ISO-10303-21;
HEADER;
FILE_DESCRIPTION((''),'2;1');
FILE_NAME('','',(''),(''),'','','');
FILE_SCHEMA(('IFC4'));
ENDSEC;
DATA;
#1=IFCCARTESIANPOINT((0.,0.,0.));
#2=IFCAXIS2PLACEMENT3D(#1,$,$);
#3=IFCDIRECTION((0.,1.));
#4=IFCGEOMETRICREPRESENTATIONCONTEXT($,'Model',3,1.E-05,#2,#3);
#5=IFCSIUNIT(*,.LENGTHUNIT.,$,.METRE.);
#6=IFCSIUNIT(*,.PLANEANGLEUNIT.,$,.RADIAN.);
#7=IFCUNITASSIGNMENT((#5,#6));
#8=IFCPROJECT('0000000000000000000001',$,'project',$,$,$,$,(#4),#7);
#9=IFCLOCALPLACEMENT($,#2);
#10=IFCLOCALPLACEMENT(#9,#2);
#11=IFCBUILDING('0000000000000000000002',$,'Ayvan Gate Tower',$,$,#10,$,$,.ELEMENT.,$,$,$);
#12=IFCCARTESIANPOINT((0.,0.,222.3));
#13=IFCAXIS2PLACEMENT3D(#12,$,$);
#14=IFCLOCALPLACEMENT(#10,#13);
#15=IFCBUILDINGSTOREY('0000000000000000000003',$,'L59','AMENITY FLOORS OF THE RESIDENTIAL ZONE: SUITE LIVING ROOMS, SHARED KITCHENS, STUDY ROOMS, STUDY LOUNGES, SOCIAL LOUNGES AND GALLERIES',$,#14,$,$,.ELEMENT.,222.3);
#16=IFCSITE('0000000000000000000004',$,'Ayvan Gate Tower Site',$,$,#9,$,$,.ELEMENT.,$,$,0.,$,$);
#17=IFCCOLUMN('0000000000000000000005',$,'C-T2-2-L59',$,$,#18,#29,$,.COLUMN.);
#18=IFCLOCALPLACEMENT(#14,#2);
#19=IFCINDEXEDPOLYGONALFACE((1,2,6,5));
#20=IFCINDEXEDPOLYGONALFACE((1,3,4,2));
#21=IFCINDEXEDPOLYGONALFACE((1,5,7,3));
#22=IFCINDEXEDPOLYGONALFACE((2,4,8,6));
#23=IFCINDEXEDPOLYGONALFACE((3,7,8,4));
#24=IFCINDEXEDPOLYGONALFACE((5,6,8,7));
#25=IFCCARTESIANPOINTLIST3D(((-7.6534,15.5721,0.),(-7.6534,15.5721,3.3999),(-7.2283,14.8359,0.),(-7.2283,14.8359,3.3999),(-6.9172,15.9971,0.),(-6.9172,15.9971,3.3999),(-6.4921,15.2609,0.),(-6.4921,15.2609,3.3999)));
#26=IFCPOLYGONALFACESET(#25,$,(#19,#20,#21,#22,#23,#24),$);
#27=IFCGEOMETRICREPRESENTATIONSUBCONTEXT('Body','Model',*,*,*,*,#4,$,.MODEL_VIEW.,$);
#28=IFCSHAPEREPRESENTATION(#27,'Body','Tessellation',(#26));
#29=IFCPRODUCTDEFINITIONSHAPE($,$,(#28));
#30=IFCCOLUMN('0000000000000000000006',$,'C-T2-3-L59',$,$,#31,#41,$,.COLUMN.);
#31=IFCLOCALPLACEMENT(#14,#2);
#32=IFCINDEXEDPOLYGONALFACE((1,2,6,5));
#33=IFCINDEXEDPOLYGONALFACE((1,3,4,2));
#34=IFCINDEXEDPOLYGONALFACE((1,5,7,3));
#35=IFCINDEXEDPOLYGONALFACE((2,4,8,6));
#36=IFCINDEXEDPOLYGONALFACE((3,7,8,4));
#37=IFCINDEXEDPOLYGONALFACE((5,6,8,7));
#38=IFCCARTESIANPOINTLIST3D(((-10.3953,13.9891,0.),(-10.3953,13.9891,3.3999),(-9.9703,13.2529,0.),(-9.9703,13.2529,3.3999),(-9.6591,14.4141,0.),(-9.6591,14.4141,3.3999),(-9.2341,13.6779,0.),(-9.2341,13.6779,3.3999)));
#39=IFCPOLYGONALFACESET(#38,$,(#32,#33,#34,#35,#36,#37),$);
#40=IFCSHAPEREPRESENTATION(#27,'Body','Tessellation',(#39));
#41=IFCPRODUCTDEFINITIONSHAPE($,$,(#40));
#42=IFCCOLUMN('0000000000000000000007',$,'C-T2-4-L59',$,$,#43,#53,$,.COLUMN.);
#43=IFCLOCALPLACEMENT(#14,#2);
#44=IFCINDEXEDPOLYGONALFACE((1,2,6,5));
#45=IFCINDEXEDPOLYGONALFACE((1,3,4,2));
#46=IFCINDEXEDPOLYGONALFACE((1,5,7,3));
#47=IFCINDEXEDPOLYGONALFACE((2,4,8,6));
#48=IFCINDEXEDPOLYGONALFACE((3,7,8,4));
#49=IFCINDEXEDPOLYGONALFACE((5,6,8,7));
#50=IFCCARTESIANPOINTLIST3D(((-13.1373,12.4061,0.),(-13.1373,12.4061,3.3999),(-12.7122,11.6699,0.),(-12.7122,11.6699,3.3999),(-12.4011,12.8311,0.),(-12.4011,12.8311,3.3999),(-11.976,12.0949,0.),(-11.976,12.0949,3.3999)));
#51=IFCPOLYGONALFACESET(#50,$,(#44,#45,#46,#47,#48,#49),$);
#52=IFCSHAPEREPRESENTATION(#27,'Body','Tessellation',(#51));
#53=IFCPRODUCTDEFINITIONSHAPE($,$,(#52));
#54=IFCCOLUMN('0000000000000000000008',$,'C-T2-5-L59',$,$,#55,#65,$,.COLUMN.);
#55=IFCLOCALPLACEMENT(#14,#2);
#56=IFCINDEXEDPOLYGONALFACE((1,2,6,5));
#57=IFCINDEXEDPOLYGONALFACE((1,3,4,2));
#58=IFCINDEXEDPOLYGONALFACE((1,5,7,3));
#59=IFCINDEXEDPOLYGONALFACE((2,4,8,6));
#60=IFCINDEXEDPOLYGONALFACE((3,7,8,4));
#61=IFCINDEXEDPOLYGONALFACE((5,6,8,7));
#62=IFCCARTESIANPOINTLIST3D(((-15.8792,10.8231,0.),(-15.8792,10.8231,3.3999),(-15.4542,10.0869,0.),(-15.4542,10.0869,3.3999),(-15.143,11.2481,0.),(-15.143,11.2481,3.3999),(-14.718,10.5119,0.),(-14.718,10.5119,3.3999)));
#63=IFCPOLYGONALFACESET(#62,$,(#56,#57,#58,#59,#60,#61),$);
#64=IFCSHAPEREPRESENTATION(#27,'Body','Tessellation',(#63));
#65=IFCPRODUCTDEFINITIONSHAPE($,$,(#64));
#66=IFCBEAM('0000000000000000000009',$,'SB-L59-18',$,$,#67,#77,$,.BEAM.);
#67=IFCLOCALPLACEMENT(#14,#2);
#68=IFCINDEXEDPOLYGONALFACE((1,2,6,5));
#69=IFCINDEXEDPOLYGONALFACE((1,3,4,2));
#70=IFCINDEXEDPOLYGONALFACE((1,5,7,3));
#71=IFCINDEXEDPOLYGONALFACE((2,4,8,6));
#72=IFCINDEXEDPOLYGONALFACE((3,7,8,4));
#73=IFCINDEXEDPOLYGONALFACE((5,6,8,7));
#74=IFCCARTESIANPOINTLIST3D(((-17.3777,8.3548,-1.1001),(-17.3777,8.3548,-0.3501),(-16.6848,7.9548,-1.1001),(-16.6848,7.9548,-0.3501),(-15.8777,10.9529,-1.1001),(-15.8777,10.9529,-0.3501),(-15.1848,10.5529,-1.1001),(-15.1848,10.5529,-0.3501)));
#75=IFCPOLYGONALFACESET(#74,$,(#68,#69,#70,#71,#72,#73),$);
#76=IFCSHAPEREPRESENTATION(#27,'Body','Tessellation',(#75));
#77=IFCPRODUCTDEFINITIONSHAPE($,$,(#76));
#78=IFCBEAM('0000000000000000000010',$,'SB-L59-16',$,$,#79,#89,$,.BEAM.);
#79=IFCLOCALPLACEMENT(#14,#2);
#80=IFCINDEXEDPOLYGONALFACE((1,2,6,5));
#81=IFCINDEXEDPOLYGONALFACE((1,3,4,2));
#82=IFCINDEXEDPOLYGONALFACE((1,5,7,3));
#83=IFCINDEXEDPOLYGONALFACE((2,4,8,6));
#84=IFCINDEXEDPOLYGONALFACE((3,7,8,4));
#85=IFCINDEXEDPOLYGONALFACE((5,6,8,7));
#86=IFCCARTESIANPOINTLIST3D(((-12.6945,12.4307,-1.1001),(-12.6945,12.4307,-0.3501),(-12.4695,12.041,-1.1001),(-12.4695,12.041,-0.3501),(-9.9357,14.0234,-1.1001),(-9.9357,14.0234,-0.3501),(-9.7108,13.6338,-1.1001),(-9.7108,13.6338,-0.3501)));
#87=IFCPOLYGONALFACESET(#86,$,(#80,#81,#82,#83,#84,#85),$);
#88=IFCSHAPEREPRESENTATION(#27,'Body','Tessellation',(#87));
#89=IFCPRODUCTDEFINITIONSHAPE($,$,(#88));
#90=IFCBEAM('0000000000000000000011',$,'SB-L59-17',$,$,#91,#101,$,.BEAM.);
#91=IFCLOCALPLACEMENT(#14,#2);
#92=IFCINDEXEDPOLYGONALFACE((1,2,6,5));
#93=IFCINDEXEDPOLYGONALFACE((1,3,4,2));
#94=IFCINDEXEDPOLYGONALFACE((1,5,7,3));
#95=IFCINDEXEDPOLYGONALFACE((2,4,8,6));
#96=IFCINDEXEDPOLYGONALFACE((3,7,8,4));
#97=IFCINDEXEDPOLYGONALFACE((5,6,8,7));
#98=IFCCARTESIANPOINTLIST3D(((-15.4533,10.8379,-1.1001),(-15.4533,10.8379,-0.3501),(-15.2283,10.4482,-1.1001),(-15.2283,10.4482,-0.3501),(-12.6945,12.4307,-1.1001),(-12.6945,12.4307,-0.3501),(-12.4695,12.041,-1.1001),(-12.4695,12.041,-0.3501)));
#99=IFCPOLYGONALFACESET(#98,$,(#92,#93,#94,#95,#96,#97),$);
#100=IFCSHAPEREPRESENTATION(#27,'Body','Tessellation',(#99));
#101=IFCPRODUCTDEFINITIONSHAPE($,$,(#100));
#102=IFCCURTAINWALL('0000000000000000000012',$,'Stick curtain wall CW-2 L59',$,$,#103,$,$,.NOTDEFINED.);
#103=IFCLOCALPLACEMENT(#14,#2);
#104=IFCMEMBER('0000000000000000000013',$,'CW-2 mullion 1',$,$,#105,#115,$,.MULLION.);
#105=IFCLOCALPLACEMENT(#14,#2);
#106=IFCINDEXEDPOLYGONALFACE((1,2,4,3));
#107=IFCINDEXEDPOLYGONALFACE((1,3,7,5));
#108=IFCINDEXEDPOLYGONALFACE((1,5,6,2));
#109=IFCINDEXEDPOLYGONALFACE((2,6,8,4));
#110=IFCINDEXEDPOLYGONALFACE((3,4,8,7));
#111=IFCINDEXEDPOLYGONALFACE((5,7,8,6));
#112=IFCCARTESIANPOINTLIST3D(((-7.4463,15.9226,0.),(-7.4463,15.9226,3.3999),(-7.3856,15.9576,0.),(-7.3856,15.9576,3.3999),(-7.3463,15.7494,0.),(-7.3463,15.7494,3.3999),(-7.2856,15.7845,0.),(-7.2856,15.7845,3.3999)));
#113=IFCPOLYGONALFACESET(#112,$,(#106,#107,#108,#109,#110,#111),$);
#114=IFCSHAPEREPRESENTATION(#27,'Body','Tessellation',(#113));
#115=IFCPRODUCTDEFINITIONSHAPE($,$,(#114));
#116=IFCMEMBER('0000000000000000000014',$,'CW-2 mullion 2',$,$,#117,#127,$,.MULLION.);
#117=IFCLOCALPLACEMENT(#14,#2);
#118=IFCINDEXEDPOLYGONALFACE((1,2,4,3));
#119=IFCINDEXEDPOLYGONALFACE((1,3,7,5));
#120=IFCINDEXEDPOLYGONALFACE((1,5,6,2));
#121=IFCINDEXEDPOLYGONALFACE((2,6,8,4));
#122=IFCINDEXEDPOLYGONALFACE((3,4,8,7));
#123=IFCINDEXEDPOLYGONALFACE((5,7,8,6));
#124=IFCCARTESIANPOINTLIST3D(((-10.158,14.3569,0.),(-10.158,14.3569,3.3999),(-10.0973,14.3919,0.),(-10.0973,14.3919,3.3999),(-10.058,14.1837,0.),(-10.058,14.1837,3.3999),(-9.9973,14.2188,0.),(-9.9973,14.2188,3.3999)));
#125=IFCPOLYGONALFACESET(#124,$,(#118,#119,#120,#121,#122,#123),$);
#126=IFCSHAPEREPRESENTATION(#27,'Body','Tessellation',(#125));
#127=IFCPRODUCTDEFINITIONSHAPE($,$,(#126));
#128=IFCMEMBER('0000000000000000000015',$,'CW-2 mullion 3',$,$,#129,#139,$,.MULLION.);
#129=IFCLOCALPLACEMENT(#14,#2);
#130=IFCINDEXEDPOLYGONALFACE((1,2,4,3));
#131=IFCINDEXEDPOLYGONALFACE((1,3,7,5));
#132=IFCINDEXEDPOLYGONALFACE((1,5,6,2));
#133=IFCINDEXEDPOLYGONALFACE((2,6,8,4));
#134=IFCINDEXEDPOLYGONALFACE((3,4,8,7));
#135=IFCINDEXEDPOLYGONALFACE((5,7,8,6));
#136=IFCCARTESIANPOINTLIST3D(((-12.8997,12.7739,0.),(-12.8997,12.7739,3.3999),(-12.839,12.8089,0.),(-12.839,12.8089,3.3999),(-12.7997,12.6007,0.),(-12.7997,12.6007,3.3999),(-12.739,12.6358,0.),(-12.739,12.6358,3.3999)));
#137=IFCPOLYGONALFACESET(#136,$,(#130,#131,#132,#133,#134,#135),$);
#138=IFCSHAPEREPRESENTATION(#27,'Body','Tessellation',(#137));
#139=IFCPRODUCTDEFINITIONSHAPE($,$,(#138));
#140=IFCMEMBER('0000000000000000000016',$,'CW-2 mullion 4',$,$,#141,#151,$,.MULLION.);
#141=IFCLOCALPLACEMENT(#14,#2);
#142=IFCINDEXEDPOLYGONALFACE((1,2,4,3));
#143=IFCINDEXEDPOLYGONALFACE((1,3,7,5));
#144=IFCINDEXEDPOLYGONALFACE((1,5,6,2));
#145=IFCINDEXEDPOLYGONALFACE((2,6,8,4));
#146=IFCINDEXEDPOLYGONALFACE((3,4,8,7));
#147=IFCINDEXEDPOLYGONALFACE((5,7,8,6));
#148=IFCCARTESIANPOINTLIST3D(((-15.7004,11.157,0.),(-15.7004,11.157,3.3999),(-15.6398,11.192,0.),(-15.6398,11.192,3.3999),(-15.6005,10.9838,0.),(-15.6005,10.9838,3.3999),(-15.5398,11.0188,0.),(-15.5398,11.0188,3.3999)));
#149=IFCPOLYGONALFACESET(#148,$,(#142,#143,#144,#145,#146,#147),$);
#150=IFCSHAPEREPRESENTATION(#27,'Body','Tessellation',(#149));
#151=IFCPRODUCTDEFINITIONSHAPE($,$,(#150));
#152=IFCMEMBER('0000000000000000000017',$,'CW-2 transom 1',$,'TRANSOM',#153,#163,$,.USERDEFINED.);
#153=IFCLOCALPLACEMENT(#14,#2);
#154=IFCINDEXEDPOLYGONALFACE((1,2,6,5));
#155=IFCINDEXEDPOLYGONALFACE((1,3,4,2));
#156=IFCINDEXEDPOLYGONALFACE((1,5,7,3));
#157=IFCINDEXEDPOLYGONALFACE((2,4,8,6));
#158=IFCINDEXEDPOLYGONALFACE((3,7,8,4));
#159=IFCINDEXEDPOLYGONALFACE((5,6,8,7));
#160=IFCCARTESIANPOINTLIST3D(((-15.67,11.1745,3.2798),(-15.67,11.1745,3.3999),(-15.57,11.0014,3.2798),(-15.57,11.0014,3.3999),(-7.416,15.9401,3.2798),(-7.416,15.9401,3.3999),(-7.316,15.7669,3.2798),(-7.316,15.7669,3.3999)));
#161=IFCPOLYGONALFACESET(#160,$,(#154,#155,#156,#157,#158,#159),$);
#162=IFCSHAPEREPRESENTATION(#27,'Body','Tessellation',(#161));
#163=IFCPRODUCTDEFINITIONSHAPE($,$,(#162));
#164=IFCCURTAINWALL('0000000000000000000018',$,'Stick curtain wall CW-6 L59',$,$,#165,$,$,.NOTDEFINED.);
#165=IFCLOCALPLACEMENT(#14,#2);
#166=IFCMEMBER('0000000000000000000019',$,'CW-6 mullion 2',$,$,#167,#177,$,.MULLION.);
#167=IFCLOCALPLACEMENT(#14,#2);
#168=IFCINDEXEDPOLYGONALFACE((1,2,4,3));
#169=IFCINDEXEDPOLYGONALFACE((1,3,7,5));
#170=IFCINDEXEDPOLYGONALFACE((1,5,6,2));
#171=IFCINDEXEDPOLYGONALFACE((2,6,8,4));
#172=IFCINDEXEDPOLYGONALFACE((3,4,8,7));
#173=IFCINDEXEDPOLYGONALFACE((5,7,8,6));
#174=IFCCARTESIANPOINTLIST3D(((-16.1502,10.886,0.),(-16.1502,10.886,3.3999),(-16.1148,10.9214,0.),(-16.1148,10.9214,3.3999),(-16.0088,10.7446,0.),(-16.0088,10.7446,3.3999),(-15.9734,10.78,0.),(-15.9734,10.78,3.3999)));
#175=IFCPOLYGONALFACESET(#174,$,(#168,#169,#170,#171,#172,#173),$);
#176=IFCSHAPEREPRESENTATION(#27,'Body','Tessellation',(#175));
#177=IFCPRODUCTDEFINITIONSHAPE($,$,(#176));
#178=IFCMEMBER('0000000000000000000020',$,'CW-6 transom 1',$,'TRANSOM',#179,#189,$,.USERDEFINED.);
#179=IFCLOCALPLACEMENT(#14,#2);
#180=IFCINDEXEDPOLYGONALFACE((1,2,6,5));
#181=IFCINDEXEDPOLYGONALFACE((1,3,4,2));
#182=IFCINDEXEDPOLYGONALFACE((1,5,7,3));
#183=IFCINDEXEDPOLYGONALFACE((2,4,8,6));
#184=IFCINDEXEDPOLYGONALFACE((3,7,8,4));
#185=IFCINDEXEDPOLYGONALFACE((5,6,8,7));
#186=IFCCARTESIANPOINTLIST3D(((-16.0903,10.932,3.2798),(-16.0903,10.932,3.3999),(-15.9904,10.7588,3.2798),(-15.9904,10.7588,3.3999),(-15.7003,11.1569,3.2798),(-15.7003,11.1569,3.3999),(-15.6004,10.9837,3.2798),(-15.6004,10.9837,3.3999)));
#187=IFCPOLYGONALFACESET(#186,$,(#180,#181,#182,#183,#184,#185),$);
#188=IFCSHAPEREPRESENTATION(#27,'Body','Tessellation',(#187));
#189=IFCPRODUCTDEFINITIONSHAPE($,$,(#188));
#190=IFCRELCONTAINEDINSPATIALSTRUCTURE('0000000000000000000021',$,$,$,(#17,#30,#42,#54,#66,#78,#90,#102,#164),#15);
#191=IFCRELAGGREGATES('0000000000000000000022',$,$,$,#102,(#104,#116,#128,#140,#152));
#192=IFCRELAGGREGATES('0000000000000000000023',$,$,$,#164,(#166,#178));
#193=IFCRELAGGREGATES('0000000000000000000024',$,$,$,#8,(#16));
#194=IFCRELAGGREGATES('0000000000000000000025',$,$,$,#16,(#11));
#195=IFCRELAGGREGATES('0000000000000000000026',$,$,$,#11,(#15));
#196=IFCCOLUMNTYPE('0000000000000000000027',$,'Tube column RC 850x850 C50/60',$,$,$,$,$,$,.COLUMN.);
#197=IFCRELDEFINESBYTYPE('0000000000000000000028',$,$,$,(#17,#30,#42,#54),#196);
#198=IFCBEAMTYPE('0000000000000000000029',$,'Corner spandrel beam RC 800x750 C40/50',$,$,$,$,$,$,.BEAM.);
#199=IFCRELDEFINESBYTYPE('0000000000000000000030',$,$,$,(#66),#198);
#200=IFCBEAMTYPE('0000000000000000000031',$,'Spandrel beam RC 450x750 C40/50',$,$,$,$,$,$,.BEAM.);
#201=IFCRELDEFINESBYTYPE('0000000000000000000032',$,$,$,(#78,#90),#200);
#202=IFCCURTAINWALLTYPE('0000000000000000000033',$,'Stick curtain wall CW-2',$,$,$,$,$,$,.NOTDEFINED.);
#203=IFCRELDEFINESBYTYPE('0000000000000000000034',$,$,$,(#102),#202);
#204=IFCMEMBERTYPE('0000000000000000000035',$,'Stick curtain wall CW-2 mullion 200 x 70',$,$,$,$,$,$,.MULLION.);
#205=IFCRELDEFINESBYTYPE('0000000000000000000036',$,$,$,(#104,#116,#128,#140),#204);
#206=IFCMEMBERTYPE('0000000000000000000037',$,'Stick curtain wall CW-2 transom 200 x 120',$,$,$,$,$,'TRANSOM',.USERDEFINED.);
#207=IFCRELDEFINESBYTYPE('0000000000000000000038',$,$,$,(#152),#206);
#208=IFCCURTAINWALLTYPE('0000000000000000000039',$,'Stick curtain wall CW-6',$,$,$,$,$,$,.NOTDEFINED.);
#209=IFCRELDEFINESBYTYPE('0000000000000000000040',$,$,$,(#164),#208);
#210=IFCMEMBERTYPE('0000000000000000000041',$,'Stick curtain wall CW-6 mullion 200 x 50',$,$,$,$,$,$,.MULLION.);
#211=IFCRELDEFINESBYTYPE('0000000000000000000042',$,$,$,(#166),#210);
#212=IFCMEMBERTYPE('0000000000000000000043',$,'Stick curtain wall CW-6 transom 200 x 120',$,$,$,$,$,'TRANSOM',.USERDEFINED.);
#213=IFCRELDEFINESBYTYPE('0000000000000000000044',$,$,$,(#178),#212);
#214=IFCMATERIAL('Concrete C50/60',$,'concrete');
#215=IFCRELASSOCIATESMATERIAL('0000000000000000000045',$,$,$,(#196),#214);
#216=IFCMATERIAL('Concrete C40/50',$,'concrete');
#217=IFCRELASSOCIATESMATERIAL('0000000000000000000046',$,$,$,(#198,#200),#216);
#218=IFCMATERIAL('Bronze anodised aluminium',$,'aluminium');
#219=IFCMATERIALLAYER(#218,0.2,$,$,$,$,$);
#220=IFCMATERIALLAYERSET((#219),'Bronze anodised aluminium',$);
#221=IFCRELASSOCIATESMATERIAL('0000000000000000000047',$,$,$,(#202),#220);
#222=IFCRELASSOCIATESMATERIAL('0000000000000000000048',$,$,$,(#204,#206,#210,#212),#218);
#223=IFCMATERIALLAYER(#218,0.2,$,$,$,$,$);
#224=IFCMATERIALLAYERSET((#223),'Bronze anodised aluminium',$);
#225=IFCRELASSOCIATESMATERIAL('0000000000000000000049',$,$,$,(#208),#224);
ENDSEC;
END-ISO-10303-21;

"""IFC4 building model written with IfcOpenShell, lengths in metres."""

from ifc_helpers import new_model, si_unit, direction, frame, origin, origin_2d, place, context, subcontext, project, spatial, rectangle, extrude, material, layer, layer_set, material_profile, profile_set, type_object, element, aggregate, save


model = new_model("IFC4")

# Units and contexts
model_context = context("Model", 3, precision=1e-05, world=origin(), true_north=direction((0.0, 1.0)))
body_context = subcontext(model_context, "Body", "Model", "MODEL_VIEW")
ifc_project = project(units=[si_unit("LENGTHUNIT", "METRE"), si_unit("PLANEANGLEUNIT", "RADIAN")], contexts=[model_context])

# Site, building, storey
site_placement = place(None, origin())
site = spatial("IfcSite", under=ifc_project, at=site_placement, Name="Ayvan Gate Tower Site", CompositionType="ELEMENT", RefElevation=0.0)
building_placement = place(site_placement, origin())
building = spatial("IfcBuilding", under=site, at=building_placement, Name="Ayvan Gate Tower", CompositionType="ELEMENT")
storey_placement = place(building_placement, frame((0.0, 0.0, 222.3)))
storey = spatial("IfcBuildingStorey", under=building, at=storey_placement, Name="L59", Description="AMENITY FLOORS OF THE RESIDENTIAL ZONE: SUITE LIVING ROOMS, SHARED KITCHENS, STUDY ROOMS, STUDY LOUNGES, SOCIAL LOUNGES AND GALLERIES", CompositionType="ELEMENT", Elevation=222.3)

# Columns
ifc_material_1 = material(Name="Concrete C50/60", Category="concrete")
ifc_material_profile_1 = material_profile(ifc_material_1, rectangle(XDim=0.8501, YDim=0.8501, at=origin_2d()), Name="RC 850x850")
ifc_profile_set_1 = profile_set([ifc_material_profile_1], Name="Concrete C50/60")
column_type = type_object("IfcColumnType", Name="Tube column RC 850x850 C50/60", PredefinedType="COLUMN", material=ifc_profile_set_1)
for number, where, z_axis, x_axis, name in (
    (1, (-7.0728, 15.4165, 0.0), (0.0, 0.0, 1.0), (-0.5, 0.866025, 0.0), "C-T2-2-L59"),
    (2, (-9.8147, 13.8335, 0.0), (0.0, 0.0, 1.0), (-0.5, 0.866025, 0.0), "C-T2-3-L59"),
    (3, (-12.5566, 12.2505, 0.0), (0.0, 0.0, 1.0), (-0.5, 0.866025, 0.0), "C-T2-4-L59"),
    (4, (-15.2986, 10.6675, 0.0), (0.0, 0.0, 1.0), (-0.5, 0.866025, 0.0), "C-T2-5-L59"),
):
    element("IfcColumn", number, at=place(storey_placement, frame(where, z_axis=z_axis, x_axis=x_axis)), inside=storey, type_object=column_type, Name=name, PredefinedType="COLUMN", context=body_context, shape_type="SweptSolid", body=[
        extrude(rectangle(XDim=0.8501, YDim=0.8501, at=origin_2d()), origin(), (0.0, 0.0, 1.0), 3.3999),
    ])

# Beams
ifc_material_2 = material(Name="Concrete C40/50", Category="concrete")
ifc_material_profile_2 = material_profile(ifc_material_2, rectangle(XDim=0.8, YDim=0.75, at=origin_2d()), Name="RC 800x750")
ifc_profile_set_2 = profile_set([ifc_material_profile_2], Name="Concrete C40/50")
beam_type_1 = type_object("IfcBeamType", Name="Corner spandrel beam RC 800x750 C40/50", PredefinedType="BEAM", material=ifc_profile_set_2)
beam_placement = place(storey_placement, frame((-15.5312, 10.7529, -0.7251), z_axis=(-0.49999, -0.866031, 0.0), x_axis=(0.866031, -0.49999, 0.0)))
element("IfcBeam", 5, at=beam_placement, inside=storey, type_object=beam_type_1, Name="SB-L59-18", PredefinedType="BEAM", context=body_context, shape_type="SweptSolid", body=[
    extrude(rectangle(XDim=0.8, YDim=0.75, at=origin_2d()), origin(), (0.0, 0.0, 1.0), 3.0),
])
ifc_material_profile_3 = material_profile(ifc_material_2, rectangle(XDim=0.45, YDim=0.75, at=origin_2d()), Name="RC 450x750")
ifc_profile_set_3 = profile_set([ifc_material_profile_3], Name="Concrete C40/50")
beam_type_2 = type_object("IfcBeamType", Name="Spandrel beam RC 450x750 C40/50", PredefinedType="BEAM", material=ifc_profile_set_3)
for number, where, z_axis, x_axis, name in (
    (6, (-9.8232, 13.8286, -0.7251), (-0.866027, -0.499997, 0.0), (0.499997, -0.866027, 0.0), "SB-L59-16"),
    (7, (-12.582, 12.2358, -0.7251), (-0.866027, -0.499997, 0.0), (0.499997, -0.866027, 0.0), "SB-L59-17"),
):
    element("IfcBeam", number, at=place(storey_placement, frame(where, z_axis=z_axis, x_axis=x_axis)), inside=storey, type_object=beam_type_2, Name=name, PredefinedType="BEAM", context=body_context, shape_type="SweptSolid", body=[
        extrude(rectangle(XDim=0.45, YDim=0.75, at=origin_2d()), origin(), (0.0, 0.0, 1.0), 3.1855),
    ])

# Curtain walls, members
ifc_material_3 = material(Name="Bronze anodised aluminium", Category="aluminium")
ifc_layer_1 = layer(ifc_material_3, 0.2)
ifc_layer_set_1 = layer_set([ifc_layer_1], Name="Bronze anodised aluminium")
curtain_wall_type_1 = type_object("IfcCurtainWallType", Name="Stick curtain wall CW-2", PredefinedType="NOTDEFINED", material=ifc_layer_set_1)
curtain_wall_1_placement = place(storey_placement, origin())
curtain_wall_1 = element("IfcCurtainWall", 8, at=curtain_wall_1_placement, inside=storey, type_object=curtain_wall_type_1, Name="Stick curtain wall CW-2 L59", PredefinedType="NOTDEFINED")
ifc_material_profile_4 = material_profile(ifc_material_3, rectangle(XDim=0.2, YDim=0.0701, at=origin_2d()), Name="Stick curtain wall CW-2 mullion 200 x 70")
ifc_profile_set_4 = profile_set([ifc_material_profile_4], Name="Bronze anodised aluminium")
member_type_1 = type_object("IfcMemberType", Name="Stick curtain wall CW-2 mullion 200 x 70", PredefinedType="MULLION", material=ifc_profile_set_4)
member_1_placement = place(storey_placement, frame((-7.366, 15.8535, 0.0), z_axis=(0.0, 0.0, 1.0), x_axis=(-0.5, 0.866025, 0.0)))
member_1 = element("IfcMember", 9, at=member_1_placement, type_object=member_type_1, Name="CW-2 mullion 1", PredefinedType="MULLION", context=body_context, shape_type="SweptSolid", body=[
    extrude(rectangle(XDim=0.2, YDim=0.0701, at=origin_2d()), origin(), (0.0, 0.0, 1.0), 3.3999),
])
member_2_placement = place(storey_placement, frame((-10.0776, 14.2878, 0.0), z_axis=(0.0, 0.0, 1.0), x_axis=(-0.5, 0.866025, 0.0)))
member_2 = element("IfcMember", 10, at=member_2_placement, type_object=member_type_1, Name="CW-2 mullion 2", PredefinedType="MULLION", context=body_context, shape_type="SweptSolid", body=[
    extrude(rectangle(XDim=0.2, YDim=0.0701, at=origin_2d()), origin(), (0.0, 0.0, 1.0), 3.3999),
])
member_3_placement = place(storey_placement, frame((-12.8193, 12.7048, 0.0), z_axis=(0.0, 0.0, 1.0), x_axis=(-0.5, 0.866025, 0.0)))
member_3 = element("IfcMember", 11, at=member_3_placement, type_object=member_type_1, Name="CW-2 mullion 3", PredefinedType="MULLION", context=body_context, shape_type="SweptSolid", body=[
    extrude(rectangle(XDim=0.2, YDim=0.0701, at=origin_2d()), origin(), (0.0, 0.0, 1.0), 3.3999),
])
member_4_placement = place(storey_placement, frame((-15.6201, 11.0879, 0.0), z_axis=(0.0, 0.0, 1.0), x_axis=(-0.5, 0.866025, 0.0)))
member_4 = element("IfcMember", 12, at=member_4_placement, type_object=member_type_1, Name="CW-2 mullion 4", PredefinedType="MULLION", context=body_context, shape_type="SweptSolid", body=[
    extrude(rectangle(XDim=0.2, YDim=0.0701, at=origin_2d()), origin(), (0.0, 0.0, 1.0), 3.3999),
])
ifc_material_profile_5 = material_profile(ifc_material_3, rectangle(XDim=0.2, YDim=0.1201, at=origin_2d()), Name="Stick curtain wall CW-2 transom 200 x 120")
ifc_profile_set_5 = profile_set([ifc_material_profile_5], Name="Bronze anodised aluminium")
member_type_2 = type_object("IfcMemberType", Name="Stick curtain wall CW-2 transom 200 x 120", ElementType="TRANSOM", PredefinedType="USERDEFINED", material=ifc_profile_set_5)
member_5_placement = place(storey_placement, frame((-7.366, 15.8535, 3.3398), z_axis=(-0.866021, -0.500007, 0.0), x_axis=(0.500007, -0.866021, 0.0)))
member_5 = element("IfcMember", 13, at=member_5_placement, type_object=member_type_2, Name="CW-2 transom 1", ObjectType="TRANSOM", PredefinedType="USERDEFINED", context=body_context, shape_type="SweptSolid", body=[
    extrude(rectangle(XDim=0.2, YDim=0.1201, at=origin_2d()), origin(), (0.0, 0.0, 1.0), 9.531),
])
ifc_layer_2 = layer(ifc_material_3, 0.2)
ifc_layer_set_2 = layer_set([ifc_layer_2], Name="Bronze anodised aluminium")
curtain_wall_type_2 = type_object("IfcCurtainWallType", Name="Stick curtain wall CW-6", PredefinedType="NOTDEFINED", material=ifc_layer_set_2)
curtain_wall_2_placement = place(storey_placement, origin())
curtain_wall_2 = element("IfcCurtainWall", 14, at=curtain_wall_2_placement, inside=storey, type_object=curtain_wall_type_2, Name="Stick curtain wall CW-6 L59", PredefinedType="NOTDEFINED")
ifc_material_profile_6 = material_profile(ifc_material_3, rectangle(XDim=0.2, YDim=0.05, at=origin_2d()), Name="Stick curtain wall CW-6 mullion 200 x 50")
ifc_profile_set_6 = profile_set([ifc_material_profile_6], Name="Bronze anodised aluminium")
member_type_3 = type_object("IfcMemberType", Name="Stick curtain wall CW-6 mullion 200 x 50", PredefinedType="MULLION", material=ifc_profile_set_6)
member_6_placement = place(storey_placement, frame((-16.0618, 10.833, 0.0), z_axis=(0.0, 0.0, 1.0), x_axis=(-0.707107, 0.707107, 0.0)))
member_6 = element("IfcMember", 15, at=member_6_placement, type_object=member_type_3, Name="CW-6 mullion 2", PredefinedType="MULLION", context=body_context, shape_type="SweptSolid", body=[
    extrude(rectangle(XDim=0.2, YDim=0.05, at=origin_2d()), origin(), (0.0, 0.0, 1.0), 3.3999),
])
ifc_material_profile_7 = material_profile(ifc_material_3, rectangle(XDim=0.2, YDim=0.1201, at=origin_2d()), Name="Stick curtain wall CW-6 transom 200 x 120")
ifc_profile_set_7 = profile_set([ifc_material_profile_7], Name="Bronze anodised aluminium")
member_type_4 = type_object("IfcMemberType", Name="Stick curtain wall CW-6 transom 200 x 120", ElementType="TRANSOM", PredefinedType="USERDEFINED", material=ifc_profile_set_7)
member_7_placement = place(storey_placement, frame((-15.6504, 11.0703, 3.3398), z_axis=(-0.866267, -0.499582, 0.0), x_axis=(0.499582, -0.866267, 0.0)))
member_7 = element("IfcMember", 16, at=member_7_placement, type_object=member_type_4, Name="CW-6 transom 1", ObjectType="TRANSOM", PredefinedType="USERDEFINED", context=body_context, shape_type="SweptSolid", body=[
    extrude(rectangle(XDim=0.2, YDim=0.1201, at=origin_2d()), origin(), (0.0, 0.0, 1.0), 0.4502),
])

aggregate(curtain_wall_1, [member_1, member_2, member_3, member_4, member_5])
aggregate(curtain_wall_2, [member_6, member_7])

save(model, "model.ifc")
